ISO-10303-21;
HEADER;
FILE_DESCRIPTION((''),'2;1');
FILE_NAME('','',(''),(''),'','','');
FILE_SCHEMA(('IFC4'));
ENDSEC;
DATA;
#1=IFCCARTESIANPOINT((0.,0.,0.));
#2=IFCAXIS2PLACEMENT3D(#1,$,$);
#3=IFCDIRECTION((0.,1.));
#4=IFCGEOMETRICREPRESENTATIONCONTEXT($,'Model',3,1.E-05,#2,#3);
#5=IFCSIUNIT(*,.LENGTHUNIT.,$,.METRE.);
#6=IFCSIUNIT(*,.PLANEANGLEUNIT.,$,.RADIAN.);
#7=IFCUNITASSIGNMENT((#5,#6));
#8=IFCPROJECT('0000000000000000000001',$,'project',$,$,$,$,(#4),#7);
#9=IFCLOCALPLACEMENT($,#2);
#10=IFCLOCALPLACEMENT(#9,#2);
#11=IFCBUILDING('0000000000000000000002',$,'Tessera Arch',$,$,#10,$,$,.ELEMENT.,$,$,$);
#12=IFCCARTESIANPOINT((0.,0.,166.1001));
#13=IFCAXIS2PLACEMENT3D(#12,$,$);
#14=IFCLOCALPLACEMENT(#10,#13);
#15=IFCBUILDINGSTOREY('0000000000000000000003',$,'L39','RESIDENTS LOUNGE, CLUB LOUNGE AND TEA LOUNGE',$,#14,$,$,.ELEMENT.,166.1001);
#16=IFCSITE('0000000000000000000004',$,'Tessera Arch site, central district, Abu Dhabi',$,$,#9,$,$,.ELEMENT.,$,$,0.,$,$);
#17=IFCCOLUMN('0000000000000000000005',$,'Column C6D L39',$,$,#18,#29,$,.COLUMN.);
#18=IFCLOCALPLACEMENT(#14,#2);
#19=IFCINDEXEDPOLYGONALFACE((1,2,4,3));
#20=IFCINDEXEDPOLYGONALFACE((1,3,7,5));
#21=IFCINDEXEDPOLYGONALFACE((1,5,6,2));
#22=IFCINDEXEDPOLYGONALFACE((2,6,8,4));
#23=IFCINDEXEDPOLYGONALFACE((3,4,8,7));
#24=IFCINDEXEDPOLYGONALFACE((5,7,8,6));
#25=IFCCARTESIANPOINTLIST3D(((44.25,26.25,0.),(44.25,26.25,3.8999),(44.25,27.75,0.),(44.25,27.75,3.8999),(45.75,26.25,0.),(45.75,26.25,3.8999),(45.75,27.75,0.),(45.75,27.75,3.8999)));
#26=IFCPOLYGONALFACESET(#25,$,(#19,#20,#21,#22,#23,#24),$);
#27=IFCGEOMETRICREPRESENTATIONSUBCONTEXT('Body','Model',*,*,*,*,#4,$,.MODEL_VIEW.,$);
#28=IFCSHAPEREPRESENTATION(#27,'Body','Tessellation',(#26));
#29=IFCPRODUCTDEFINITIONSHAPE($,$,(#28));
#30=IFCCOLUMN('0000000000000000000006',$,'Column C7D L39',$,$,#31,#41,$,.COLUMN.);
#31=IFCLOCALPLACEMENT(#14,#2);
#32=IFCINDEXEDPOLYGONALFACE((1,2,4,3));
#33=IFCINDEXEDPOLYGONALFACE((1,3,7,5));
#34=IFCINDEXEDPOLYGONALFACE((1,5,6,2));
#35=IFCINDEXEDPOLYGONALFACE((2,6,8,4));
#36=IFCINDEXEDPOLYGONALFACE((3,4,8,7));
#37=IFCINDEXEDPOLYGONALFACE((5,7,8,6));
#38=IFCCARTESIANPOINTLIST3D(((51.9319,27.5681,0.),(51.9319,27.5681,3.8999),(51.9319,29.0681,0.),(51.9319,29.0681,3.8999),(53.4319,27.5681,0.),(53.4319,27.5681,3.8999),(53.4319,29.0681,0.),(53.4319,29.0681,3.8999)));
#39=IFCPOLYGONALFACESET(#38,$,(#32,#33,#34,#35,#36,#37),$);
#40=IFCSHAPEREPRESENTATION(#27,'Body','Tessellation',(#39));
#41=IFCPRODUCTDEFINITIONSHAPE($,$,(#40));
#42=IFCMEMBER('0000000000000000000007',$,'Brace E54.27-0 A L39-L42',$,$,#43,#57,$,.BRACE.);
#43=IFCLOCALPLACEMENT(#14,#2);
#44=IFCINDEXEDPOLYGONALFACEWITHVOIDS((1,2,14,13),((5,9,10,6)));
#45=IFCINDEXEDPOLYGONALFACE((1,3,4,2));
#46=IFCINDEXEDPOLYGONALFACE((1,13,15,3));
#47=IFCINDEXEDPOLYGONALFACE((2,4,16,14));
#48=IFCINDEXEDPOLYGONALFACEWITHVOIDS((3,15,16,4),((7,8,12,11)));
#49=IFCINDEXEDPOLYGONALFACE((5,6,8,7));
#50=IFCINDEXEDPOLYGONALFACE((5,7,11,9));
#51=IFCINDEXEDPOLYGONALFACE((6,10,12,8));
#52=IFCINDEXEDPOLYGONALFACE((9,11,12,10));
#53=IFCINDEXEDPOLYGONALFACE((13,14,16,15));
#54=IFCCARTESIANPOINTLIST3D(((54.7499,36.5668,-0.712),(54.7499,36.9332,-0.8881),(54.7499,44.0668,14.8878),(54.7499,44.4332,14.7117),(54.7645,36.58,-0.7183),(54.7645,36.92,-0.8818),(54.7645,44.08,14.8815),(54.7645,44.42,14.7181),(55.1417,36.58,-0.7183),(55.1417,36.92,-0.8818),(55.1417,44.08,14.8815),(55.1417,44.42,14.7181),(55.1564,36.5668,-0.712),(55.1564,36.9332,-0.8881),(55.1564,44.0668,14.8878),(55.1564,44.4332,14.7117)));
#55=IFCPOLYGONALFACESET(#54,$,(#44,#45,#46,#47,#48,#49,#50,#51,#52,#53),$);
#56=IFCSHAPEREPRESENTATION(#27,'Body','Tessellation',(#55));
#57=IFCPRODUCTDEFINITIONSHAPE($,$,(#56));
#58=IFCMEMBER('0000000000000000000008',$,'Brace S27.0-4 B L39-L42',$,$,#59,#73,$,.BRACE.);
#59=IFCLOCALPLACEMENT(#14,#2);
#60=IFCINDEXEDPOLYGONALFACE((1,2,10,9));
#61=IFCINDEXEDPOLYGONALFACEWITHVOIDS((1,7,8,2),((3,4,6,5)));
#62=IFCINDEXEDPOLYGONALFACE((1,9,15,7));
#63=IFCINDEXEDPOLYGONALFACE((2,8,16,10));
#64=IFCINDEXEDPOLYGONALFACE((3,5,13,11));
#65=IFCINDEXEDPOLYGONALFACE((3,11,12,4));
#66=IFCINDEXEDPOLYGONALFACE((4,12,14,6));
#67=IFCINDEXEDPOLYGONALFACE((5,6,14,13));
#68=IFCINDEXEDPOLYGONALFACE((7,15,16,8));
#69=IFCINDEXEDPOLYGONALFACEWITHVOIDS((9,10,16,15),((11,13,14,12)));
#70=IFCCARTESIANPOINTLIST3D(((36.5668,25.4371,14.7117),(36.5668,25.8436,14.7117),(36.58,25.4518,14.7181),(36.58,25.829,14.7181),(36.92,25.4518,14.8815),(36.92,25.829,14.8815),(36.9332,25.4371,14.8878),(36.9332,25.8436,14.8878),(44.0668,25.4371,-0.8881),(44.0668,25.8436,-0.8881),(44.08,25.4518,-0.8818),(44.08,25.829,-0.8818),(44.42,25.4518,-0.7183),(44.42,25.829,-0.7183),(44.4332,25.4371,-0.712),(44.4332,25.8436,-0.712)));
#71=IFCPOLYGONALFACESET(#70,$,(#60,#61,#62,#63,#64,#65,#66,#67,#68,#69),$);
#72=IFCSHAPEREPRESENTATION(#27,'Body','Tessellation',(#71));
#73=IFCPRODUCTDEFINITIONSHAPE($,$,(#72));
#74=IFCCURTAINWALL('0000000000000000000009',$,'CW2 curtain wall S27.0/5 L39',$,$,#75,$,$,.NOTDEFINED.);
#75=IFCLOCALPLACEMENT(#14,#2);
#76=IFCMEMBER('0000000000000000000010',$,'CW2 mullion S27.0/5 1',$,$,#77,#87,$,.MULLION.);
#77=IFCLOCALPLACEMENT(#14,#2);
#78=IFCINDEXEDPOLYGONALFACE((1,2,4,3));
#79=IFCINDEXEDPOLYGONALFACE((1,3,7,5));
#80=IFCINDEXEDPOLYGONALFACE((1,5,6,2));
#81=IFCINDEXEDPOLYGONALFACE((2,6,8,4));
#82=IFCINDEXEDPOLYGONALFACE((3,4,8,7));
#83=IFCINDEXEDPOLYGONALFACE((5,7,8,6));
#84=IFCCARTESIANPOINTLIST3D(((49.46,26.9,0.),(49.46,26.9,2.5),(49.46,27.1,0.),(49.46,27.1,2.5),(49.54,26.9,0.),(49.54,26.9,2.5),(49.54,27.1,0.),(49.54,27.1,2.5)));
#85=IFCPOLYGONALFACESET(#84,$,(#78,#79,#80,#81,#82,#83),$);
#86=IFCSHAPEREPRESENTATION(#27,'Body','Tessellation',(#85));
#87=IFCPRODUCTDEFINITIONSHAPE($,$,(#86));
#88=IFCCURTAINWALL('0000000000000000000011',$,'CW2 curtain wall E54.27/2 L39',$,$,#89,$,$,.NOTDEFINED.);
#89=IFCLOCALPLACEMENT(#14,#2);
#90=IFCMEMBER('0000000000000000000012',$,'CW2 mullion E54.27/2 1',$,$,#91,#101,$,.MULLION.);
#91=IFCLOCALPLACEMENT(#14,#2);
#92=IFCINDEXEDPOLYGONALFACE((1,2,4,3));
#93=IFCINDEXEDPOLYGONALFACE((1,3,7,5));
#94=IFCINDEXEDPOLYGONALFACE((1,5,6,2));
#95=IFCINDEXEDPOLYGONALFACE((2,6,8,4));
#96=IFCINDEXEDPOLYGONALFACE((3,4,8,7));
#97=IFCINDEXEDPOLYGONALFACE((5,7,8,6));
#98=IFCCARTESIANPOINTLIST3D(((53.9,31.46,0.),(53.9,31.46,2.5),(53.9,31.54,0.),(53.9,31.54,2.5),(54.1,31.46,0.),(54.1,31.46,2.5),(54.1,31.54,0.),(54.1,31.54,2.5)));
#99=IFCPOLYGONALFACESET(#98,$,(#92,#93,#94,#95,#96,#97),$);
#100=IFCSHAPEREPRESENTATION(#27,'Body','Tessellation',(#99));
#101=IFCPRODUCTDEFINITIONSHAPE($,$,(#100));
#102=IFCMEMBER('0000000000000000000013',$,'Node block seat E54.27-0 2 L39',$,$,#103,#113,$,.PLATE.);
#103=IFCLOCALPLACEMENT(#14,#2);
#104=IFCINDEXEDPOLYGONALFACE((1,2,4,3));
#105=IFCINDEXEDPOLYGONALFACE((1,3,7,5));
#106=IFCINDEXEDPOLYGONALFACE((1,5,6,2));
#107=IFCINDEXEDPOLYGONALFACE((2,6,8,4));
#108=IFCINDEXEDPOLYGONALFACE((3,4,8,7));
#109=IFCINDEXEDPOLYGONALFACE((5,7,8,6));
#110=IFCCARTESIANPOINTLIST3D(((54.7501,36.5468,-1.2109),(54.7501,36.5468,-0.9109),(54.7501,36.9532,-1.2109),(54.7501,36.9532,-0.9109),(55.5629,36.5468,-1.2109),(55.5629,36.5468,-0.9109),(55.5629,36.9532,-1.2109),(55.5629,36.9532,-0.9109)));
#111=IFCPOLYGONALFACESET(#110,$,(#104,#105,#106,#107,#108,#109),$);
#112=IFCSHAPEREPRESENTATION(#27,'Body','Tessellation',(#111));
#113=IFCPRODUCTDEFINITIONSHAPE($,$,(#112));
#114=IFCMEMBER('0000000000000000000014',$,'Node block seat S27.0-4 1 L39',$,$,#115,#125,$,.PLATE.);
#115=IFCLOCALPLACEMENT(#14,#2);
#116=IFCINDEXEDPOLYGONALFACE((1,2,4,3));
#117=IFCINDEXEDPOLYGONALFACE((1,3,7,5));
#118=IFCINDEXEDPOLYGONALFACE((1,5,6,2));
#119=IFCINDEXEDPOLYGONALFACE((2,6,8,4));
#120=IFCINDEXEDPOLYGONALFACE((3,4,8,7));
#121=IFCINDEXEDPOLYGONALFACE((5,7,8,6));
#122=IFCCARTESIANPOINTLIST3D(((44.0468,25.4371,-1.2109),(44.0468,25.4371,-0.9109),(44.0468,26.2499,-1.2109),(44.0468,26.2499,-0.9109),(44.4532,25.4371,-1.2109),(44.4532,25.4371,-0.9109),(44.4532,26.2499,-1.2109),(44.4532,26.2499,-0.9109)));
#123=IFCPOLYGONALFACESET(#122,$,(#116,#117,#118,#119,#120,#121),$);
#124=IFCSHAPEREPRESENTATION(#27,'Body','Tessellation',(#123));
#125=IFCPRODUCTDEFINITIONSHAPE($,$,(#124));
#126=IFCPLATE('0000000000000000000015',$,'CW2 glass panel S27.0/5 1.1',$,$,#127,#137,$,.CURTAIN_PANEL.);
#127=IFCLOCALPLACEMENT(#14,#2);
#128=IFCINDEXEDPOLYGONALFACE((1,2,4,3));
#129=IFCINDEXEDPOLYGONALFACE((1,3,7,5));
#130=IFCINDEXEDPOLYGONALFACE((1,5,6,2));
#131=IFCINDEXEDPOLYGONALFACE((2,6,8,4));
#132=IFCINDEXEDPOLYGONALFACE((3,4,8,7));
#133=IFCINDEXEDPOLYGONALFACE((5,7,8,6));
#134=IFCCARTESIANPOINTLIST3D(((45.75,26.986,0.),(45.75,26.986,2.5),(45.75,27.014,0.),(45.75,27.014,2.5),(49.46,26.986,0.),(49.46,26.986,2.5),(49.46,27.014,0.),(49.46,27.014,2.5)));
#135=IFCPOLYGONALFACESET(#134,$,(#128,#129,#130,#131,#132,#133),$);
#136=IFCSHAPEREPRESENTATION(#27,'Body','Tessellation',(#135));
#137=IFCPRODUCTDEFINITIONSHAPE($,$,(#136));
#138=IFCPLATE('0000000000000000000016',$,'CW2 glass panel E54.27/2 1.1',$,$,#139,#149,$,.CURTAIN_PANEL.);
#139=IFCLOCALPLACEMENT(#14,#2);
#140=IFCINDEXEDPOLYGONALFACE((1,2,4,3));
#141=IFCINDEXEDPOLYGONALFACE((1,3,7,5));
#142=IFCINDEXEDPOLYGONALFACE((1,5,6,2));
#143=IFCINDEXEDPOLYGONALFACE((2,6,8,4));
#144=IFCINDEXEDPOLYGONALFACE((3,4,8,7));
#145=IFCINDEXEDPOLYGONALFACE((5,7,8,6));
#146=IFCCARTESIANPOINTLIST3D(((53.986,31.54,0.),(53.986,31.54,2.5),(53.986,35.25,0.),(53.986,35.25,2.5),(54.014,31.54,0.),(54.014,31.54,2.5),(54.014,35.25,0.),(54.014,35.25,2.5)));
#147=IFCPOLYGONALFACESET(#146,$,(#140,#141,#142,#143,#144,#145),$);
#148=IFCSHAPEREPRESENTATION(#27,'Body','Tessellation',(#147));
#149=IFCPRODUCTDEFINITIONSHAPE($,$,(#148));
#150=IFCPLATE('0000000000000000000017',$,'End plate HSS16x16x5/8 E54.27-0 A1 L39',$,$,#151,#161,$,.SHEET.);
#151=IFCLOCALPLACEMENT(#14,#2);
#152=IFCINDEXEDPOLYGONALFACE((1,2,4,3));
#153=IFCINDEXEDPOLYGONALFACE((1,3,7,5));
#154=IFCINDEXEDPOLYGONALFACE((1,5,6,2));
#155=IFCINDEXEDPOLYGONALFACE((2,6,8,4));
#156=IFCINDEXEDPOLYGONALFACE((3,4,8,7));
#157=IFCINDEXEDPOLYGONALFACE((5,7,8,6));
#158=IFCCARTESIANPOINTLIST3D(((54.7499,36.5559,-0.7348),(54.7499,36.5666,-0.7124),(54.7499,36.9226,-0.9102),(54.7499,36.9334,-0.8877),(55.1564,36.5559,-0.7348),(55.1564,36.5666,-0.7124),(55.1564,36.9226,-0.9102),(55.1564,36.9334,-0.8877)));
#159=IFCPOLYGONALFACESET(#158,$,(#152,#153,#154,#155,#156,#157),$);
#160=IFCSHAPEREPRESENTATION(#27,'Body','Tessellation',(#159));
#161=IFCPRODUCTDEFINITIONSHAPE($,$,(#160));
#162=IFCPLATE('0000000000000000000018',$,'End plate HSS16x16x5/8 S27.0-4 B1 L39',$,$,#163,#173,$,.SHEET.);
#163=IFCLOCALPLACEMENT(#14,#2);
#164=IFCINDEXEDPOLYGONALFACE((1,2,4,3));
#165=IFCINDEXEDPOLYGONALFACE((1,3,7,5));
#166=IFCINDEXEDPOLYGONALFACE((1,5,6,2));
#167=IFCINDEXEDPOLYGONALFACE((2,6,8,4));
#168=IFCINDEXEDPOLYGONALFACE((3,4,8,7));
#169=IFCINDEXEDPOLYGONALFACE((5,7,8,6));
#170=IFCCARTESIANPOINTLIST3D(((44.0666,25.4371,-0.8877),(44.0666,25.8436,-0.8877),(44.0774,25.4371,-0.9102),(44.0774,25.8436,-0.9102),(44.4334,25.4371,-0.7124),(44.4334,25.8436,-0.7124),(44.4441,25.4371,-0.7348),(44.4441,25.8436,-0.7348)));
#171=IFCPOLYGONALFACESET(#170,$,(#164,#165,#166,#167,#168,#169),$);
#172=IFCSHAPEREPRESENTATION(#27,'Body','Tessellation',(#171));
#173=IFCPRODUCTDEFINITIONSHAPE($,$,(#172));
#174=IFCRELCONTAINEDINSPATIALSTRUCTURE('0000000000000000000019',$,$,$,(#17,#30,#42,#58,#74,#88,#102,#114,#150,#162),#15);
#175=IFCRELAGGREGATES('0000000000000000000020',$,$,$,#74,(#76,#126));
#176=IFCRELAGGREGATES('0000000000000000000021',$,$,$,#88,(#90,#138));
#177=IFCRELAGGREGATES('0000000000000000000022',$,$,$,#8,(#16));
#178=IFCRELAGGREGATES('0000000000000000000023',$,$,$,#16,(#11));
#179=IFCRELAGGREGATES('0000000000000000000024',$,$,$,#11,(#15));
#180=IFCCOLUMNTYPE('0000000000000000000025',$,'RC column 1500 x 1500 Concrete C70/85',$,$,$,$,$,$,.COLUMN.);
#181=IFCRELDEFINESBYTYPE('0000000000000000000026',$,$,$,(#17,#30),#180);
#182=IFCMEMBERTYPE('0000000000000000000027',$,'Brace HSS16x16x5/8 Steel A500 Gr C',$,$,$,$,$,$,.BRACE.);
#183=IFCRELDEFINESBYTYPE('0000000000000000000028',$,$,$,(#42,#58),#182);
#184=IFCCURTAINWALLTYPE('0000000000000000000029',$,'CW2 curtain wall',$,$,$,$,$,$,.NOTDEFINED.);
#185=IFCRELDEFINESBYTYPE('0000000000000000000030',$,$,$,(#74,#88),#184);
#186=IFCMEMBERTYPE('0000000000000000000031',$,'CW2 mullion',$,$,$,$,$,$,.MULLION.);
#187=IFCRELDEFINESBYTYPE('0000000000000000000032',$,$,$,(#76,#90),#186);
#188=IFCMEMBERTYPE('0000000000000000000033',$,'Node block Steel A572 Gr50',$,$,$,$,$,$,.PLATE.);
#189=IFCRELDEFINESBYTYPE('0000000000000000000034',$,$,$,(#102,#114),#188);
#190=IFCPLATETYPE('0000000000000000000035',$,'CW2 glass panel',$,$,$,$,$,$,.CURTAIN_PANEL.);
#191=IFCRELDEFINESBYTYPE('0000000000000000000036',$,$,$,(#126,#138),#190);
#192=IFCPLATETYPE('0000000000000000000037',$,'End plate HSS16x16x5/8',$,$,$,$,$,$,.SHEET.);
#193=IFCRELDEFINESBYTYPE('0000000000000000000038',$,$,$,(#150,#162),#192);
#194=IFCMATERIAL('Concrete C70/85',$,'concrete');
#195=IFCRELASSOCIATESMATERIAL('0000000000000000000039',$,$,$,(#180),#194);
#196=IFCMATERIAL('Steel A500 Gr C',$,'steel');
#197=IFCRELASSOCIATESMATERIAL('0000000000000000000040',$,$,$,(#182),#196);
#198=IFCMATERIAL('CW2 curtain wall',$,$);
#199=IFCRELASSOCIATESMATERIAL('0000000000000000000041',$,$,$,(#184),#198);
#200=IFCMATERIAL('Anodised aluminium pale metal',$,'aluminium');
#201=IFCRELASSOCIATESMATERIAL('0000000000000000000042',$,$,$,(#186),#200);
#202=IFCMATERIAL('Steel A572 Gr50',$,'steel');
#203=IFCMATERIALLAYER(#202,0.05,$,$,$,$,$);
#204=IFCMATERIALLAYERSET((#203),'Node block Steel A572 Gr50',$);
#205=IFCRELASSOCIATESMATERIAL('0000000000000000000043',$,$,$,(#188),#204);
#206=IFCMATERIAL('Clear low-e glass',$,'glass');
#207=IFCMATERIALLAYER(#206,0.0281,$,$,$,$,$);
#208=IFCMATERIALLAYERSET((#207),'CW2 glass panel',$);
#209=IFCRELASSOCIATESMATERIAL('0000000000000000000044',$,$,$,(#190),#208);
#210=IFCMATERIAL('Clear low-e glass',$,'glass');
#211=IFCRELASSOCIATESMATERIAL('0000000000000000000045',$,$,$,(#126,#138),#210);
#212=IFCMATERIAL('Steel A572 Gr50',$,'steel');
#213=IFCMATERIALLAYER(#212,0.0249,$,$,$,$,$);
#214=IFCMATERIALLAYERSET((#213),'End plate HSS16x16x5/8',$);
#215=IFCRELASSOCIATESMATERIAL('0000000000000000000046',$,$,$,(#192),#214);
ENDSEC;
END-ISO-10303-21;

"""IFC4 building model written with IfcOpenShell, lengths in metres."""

from ifc_helpers import new_model, si_unit, direction, frame, origin, origin_2d, place, context, subcontext, project, spatial, rectangle, hollow_rectangle, extrude, material, layer, layer_set, material_profile, profile_set, type_object, element, aggregate, save


model = new_model("IFC4")

# Units and contexts
model_context = context("Model", 3, precision=1e-05, world=origin(), true_north=direction((0.0, 1.0)))
body_context = subcontext(model_context, "Body", "Model", "MODEL_VIEW")
ifc_project = project(units=[si_unit("LENGTHUNIT", "METRE"), si_unit("PLANEANGLEUNIT", "RADIAN")], contexts=[model_context])

# Site, building, storey
site_placement = place(None, origin())
site = spatial("IfcSite", under=ifc_project, at=site_placement, Name="Tessera Arch site, central district, Abu Dhabi", CompositionType="ELEMENT", RefElevation=0.0)
building_placement = place(site_placement, origin())
building = spatial("IfcBuilding", under=site, at=building_placement, Name="Tessera Arch", CompositionType="ELEMENT")
storey_placement = place(building_placement, frame((0.0, 0.0, 166.1001)))
storey = spatial("IfcBuildingStorey", under=building, at=storey_placement, Name="L39", Description="RESIDENTS LOUNGE, CLUB LOUNGE AND TEA LOUNGE", CompositionType="ELEMENT", Elevation=166.1001)

# Columns
ifc_material_1 = material(Name="Concrete C70/85", Category="concrete")
ifc_material_profile_1 = material_profile(ifc_material_1, rectangle(XDim=1.5, YDim=1.5, at=origin_2d()), Name="RC column 1500 x 1500 Concrete C70/85")
ifc_profile_set_1 = profile_set([ifc_material_profile_1], Name="Concrete C70/85")
column_type = type_object("IfcColumnType", Name="RC column 1500 x 1500 Concrete C70/85", PredefinedType="COLUMN", material=ifc_profile_set_1)
for number, where, z_axis, x_axis, name in (
    (1, (45.0, 27.0, 0.0), (0.0, 0.0, 1.0), (1.0, 0.0, 0.0), "Column C6D L39"),
    (2, (52.6819, 28.3181, 0.0), (0.0, 0.0, 1.0), (1.0, 0.0, 0.0), "Column C7D L39"),
):
    element("IfcColumn", number, at=place(storey_placement, frame(where, z_axis=z_axis, x_axis=x_axis)), inside=storey, type_object=column_type, Name=name, PredefinedType="COLUMN", context=body_context, shape_type="SweptSolid", body=[
        extrude(rectangle(XDim=1.5, YDim=1.5, at=origin_2d()), origin(), (0.0, 0.0, 1.0), 3.8999),
    ])

# Members
ifc_material_2 = material(Name="Steel A500 Gr C", Category="steel")
ifc_material_profile_2 = material_profile(ifc_material_2, hollow_rectangle(XDim=0.4065, YDim=0.4065, WallThickness=0.0146, at=origin_2d()), Name="HSS16x16x5/8")
ifc_profile_set_2 = profile_set([ifc_material_profile_2], Name="Steel A500 Gr C")
member_type_1 = type_object("IfcMemberType", Name="Brace HSS16x16x5/8 Steel A500 Gr C", PredefinedType="BRACE", material=ifc_profile_set_2)
for number, where, z_axis, x_axis, name in (
    (3, (54.9531, 36.75, -0.8), (0.0, 0.433298, 0.901251), (-1.0, 0.0, 0.0), "Brace E54.27-0 A L39-L42"),
    (4, (44.25, 25.6404, -0.8), (-0.433298, 0.0, 0.901251), (0.0, -1.0, 0.0), "Brace S27.0-4 B L39-L42"),
):
    element("IfcMember", number, at=place(storey_placement, frame(where, z_axis=z_axis, x_axis=x_axis)), inside=storey, type_object=member_type_1, Name=name, PredefinedType="BRACE", context=body_context, shape_type="SweptSolid", body=[
        extrude(hollow_rectangle(XDim=0.4065, YDim=0.4065, WallThickness=0.0146, at=origin_2d()), origin(), (0.0, 0.0, 1.0), 17.3091),
    ])

# Curtain walls, members
ifc_material_3 = material(Name="CW2 curtain wall")
curtain_wall_type = type_object("IfcCurtainWallType", Name="CW2 curtain wall", PredefinedType="NOTDEFINED", material=ifc_material_3)
curtain_wall_1_placement = place(storey_placement, origin())
curtain_wall_1 = element("IfcCurtainWall", 5, at=curtain_wall_1_placement, inside=storey, type_object=curtain_wall_type, Name="CW2 curtain wall S27.0/5 L39", PredefinedType="NOTDEFINED")
ifc_material_4 = material(Name="Anodised aluminium pale metal", Category="aluminium")
ifc_material_profile_3 = material_profile(ifc_material_4, rectangle(XDim=0.2, YDim=0.0801, at=origin_2d()), Name="AL 80x200")
ifc_profile_set_3 = profile_set([ifc_material_profile_3], Name="Anodised aluminium pale metal")
member_type_2 = type_object("IfcMemberType", Name="CW2 mullion", PredefinedType="MULLION", material=ifc_profile_set_3)
member_1_placement = place(storey_placement, frame((49.5, 27.0, 0.0), z_axis=(0.0, 0.0, 1.0), x_axis=(0.0, 1.0, 0.0)))
member_1 = element("IfcMember", 6, at=member_1_placement, type_object=member_type_2, Name="CW2 mullion S27.0/5 1", PredefinedType="MULLION", context=body_context, shape_type="SweptSolid", body=[
    extrude(rectangle(XDim=0.2, YDim=0.0801, at=origin_2d()), origin(), (0.0, 0.0, 1.0), 2.5),
])
curtain_wall_2_placement = place(storey_placement, origin())
curtain_wall_2 = element("IfcCurtainWall", 7, at=curtain_wall_2_placement, inside=storey, type_object=curtain_wall_type, Name="CW2 curtain wall E54.27/2 L39", PredefinedType="NOTDEFINED")
member_2_placement = place(storey_placement, frame((54.0, 31.5, 0.0), z_axis=(0.0, 0.0, 1.0), x_axis=(-1.0, 0.0, 0.0)))
member_2 = element("IfcMember", 8, at=member_2_placement, type_object=member_type_2, Name="CW2 mullion E54.27/2 1", PredefinedType="MULLION", context=body_context, shape_type="SweptSolid", body=[
    extrude(rectangle(XDim=0.2, YDim=0.0801, at=origin_2d()), origin(), (0.0, 0.0, 1.0), 2.5),
])

# Members
ifc_material_5 = material(Name="Steel A572 Gr50", Category="steel")
ifc_layer_1 = layer(ifc_material_5, 0.05)
ifc_layer_set_1 = layer_set([ifc_layer_1], Name="Node block Steel A572 Gr50")
member_type_3 = type_object("IfcMemberType", Name="Node block Steel A572 Gr50", PredefinedType="PLATE", material=ifc_layer_set_1)
for number, where, z_axis, x_axis, name in (
    (9, (55.1565, 36.75, -1.2109), (0.0, 0.0, 1.0), (0.0, 1.0, 0.0), "Node block seat E54.27-0 2 L39"),
    (10, (44.25, 25.8435, -1.2109), (0.0, 0.0, 1.0), (1.0, 0.0, 0.0), "Node block seat S27.0-4 1 L39"),
):
    element("IfcMember", number, at=place(storey_placement, frame(where, z_axis=z_axis, x_axis=x_axis)), inside=storey, type_object=member_type_3, Name=name, PredefinedType="PLATE", context=body_context, shape_type="SweptSolid", body=[
        extrude(rectangle(XDim=0.4065, YDim=0.8127, at=origin_2d()), origin(), (0.0, 0.0, 1.0), 0.3),
    ])

# Plates
ifc_material_6 = material(Name="Clear low-e glass", Category="glass")
ifc_material_7 = material(Name="Clear low-e glass", Category="glass")
ifc_layer_2 = layer(ifc_material_7, 0.0281)
ifc_layer_set_2 = layer_set([ifc_layer_2], Name="CW2 glass panel")
plate_type_1 = type_object("IfcPlateType", Name="CW2 glass panel", PredefinedType="CURTAIN_PANEL", material=ifc_layer_set_2)
plate_1_placement = place(storey_placement, frame((47.605, 27.0, 0.0), z_axis=(0.0, 0.0, 1.0), x_axis=(1.0, 0.0, 0.0)))
plate_1 = element("IfcPlate", 11, at=plate_1_placement, type_object=plate_type_1, material=ifc_material_6, Name="CW2 glass panel S27.0/5 1.1", PredefinedType="CURTAIN_PANEL", context=body_context, shape_type="SweptSolid", body=[
    extrude(rectangle(XDim=3.71, YDim=0.0281, at=origin_2d()), origin(), (0.0, 0.0, 1.0), 2.5),
])
aggregate(curtain_wall_1, [member_1, plate_1])
plate_2_placement = place(storey_placement, frame((54.0, 33.395, 0.0), z_axis=(0.0, 0.0, 1.0), x_axis=(0.0, 1.0, 0.0)))
plate_2 = element("IfcPlate", 12, at=plate_2_placement, type_object=plate_type_1, material=ifc_material_6, Name="CW2 glass panel E54.27/2 1.1", PredefinedType="CURTAIN_PANEL", context=body_context, shape_type="SweptSolid", body=[
    extrude(rectangle(XDim=3.71, YDim=0.0281, at=origin_2d()), origin(), (0.0, 0.0, 1.0), 2.5),
])
aggregate(curtain_wall_2, [member_2, plate_2])

# Plates
ifc_material_8 = material(Name="Steel A572 Gr50", Category="steel")
ifc_layer_3 = layer(ifc_material_8, 0.0249)
ifc_layer_set_3 = layer_set([ifc_layer_3], Name="End plate HSS16x16x5/8")
plate_type_2 = type_object("IfcPlateType", Name="End plate HSS16x16x5/8", PredefinedType="SHEET", material=ifc_layer_set_3)
for number, where, z_axis, x_axis, name in (
    (13, (54.9531, 36.7393, -0.8225), (0.0, 0.431455, 0.902134), (-1.0, 0.0, 0.0), "End plate HSS16x16x5/8 E54.27-0 A1 L39"),
    (14, (44.2607, 25.6404, -0.8225), (-0.431455, 0.0, 0.902134), (0.0, -1.0, 0.0), "End plate HSS16x16x5/8 S27.0-4 B1 L39"),
):
    element("IfcPlate", number, at=place(storey_placement, frame(where, z_axis=z_axis, x_axis=x_axis)), inside=storey, type_object=plate_type_2, Name=name, PredefinedType="SHEET", context=body_context, shape_type="SweptSolid", body=[
        extrude(rectangle(XDim=0.4065, YDim=0.4065, at=origin_2d()), origin(), (0.0, 0.0, 1.0), 0.0249),
    ])

save(model, "model.ifc")
